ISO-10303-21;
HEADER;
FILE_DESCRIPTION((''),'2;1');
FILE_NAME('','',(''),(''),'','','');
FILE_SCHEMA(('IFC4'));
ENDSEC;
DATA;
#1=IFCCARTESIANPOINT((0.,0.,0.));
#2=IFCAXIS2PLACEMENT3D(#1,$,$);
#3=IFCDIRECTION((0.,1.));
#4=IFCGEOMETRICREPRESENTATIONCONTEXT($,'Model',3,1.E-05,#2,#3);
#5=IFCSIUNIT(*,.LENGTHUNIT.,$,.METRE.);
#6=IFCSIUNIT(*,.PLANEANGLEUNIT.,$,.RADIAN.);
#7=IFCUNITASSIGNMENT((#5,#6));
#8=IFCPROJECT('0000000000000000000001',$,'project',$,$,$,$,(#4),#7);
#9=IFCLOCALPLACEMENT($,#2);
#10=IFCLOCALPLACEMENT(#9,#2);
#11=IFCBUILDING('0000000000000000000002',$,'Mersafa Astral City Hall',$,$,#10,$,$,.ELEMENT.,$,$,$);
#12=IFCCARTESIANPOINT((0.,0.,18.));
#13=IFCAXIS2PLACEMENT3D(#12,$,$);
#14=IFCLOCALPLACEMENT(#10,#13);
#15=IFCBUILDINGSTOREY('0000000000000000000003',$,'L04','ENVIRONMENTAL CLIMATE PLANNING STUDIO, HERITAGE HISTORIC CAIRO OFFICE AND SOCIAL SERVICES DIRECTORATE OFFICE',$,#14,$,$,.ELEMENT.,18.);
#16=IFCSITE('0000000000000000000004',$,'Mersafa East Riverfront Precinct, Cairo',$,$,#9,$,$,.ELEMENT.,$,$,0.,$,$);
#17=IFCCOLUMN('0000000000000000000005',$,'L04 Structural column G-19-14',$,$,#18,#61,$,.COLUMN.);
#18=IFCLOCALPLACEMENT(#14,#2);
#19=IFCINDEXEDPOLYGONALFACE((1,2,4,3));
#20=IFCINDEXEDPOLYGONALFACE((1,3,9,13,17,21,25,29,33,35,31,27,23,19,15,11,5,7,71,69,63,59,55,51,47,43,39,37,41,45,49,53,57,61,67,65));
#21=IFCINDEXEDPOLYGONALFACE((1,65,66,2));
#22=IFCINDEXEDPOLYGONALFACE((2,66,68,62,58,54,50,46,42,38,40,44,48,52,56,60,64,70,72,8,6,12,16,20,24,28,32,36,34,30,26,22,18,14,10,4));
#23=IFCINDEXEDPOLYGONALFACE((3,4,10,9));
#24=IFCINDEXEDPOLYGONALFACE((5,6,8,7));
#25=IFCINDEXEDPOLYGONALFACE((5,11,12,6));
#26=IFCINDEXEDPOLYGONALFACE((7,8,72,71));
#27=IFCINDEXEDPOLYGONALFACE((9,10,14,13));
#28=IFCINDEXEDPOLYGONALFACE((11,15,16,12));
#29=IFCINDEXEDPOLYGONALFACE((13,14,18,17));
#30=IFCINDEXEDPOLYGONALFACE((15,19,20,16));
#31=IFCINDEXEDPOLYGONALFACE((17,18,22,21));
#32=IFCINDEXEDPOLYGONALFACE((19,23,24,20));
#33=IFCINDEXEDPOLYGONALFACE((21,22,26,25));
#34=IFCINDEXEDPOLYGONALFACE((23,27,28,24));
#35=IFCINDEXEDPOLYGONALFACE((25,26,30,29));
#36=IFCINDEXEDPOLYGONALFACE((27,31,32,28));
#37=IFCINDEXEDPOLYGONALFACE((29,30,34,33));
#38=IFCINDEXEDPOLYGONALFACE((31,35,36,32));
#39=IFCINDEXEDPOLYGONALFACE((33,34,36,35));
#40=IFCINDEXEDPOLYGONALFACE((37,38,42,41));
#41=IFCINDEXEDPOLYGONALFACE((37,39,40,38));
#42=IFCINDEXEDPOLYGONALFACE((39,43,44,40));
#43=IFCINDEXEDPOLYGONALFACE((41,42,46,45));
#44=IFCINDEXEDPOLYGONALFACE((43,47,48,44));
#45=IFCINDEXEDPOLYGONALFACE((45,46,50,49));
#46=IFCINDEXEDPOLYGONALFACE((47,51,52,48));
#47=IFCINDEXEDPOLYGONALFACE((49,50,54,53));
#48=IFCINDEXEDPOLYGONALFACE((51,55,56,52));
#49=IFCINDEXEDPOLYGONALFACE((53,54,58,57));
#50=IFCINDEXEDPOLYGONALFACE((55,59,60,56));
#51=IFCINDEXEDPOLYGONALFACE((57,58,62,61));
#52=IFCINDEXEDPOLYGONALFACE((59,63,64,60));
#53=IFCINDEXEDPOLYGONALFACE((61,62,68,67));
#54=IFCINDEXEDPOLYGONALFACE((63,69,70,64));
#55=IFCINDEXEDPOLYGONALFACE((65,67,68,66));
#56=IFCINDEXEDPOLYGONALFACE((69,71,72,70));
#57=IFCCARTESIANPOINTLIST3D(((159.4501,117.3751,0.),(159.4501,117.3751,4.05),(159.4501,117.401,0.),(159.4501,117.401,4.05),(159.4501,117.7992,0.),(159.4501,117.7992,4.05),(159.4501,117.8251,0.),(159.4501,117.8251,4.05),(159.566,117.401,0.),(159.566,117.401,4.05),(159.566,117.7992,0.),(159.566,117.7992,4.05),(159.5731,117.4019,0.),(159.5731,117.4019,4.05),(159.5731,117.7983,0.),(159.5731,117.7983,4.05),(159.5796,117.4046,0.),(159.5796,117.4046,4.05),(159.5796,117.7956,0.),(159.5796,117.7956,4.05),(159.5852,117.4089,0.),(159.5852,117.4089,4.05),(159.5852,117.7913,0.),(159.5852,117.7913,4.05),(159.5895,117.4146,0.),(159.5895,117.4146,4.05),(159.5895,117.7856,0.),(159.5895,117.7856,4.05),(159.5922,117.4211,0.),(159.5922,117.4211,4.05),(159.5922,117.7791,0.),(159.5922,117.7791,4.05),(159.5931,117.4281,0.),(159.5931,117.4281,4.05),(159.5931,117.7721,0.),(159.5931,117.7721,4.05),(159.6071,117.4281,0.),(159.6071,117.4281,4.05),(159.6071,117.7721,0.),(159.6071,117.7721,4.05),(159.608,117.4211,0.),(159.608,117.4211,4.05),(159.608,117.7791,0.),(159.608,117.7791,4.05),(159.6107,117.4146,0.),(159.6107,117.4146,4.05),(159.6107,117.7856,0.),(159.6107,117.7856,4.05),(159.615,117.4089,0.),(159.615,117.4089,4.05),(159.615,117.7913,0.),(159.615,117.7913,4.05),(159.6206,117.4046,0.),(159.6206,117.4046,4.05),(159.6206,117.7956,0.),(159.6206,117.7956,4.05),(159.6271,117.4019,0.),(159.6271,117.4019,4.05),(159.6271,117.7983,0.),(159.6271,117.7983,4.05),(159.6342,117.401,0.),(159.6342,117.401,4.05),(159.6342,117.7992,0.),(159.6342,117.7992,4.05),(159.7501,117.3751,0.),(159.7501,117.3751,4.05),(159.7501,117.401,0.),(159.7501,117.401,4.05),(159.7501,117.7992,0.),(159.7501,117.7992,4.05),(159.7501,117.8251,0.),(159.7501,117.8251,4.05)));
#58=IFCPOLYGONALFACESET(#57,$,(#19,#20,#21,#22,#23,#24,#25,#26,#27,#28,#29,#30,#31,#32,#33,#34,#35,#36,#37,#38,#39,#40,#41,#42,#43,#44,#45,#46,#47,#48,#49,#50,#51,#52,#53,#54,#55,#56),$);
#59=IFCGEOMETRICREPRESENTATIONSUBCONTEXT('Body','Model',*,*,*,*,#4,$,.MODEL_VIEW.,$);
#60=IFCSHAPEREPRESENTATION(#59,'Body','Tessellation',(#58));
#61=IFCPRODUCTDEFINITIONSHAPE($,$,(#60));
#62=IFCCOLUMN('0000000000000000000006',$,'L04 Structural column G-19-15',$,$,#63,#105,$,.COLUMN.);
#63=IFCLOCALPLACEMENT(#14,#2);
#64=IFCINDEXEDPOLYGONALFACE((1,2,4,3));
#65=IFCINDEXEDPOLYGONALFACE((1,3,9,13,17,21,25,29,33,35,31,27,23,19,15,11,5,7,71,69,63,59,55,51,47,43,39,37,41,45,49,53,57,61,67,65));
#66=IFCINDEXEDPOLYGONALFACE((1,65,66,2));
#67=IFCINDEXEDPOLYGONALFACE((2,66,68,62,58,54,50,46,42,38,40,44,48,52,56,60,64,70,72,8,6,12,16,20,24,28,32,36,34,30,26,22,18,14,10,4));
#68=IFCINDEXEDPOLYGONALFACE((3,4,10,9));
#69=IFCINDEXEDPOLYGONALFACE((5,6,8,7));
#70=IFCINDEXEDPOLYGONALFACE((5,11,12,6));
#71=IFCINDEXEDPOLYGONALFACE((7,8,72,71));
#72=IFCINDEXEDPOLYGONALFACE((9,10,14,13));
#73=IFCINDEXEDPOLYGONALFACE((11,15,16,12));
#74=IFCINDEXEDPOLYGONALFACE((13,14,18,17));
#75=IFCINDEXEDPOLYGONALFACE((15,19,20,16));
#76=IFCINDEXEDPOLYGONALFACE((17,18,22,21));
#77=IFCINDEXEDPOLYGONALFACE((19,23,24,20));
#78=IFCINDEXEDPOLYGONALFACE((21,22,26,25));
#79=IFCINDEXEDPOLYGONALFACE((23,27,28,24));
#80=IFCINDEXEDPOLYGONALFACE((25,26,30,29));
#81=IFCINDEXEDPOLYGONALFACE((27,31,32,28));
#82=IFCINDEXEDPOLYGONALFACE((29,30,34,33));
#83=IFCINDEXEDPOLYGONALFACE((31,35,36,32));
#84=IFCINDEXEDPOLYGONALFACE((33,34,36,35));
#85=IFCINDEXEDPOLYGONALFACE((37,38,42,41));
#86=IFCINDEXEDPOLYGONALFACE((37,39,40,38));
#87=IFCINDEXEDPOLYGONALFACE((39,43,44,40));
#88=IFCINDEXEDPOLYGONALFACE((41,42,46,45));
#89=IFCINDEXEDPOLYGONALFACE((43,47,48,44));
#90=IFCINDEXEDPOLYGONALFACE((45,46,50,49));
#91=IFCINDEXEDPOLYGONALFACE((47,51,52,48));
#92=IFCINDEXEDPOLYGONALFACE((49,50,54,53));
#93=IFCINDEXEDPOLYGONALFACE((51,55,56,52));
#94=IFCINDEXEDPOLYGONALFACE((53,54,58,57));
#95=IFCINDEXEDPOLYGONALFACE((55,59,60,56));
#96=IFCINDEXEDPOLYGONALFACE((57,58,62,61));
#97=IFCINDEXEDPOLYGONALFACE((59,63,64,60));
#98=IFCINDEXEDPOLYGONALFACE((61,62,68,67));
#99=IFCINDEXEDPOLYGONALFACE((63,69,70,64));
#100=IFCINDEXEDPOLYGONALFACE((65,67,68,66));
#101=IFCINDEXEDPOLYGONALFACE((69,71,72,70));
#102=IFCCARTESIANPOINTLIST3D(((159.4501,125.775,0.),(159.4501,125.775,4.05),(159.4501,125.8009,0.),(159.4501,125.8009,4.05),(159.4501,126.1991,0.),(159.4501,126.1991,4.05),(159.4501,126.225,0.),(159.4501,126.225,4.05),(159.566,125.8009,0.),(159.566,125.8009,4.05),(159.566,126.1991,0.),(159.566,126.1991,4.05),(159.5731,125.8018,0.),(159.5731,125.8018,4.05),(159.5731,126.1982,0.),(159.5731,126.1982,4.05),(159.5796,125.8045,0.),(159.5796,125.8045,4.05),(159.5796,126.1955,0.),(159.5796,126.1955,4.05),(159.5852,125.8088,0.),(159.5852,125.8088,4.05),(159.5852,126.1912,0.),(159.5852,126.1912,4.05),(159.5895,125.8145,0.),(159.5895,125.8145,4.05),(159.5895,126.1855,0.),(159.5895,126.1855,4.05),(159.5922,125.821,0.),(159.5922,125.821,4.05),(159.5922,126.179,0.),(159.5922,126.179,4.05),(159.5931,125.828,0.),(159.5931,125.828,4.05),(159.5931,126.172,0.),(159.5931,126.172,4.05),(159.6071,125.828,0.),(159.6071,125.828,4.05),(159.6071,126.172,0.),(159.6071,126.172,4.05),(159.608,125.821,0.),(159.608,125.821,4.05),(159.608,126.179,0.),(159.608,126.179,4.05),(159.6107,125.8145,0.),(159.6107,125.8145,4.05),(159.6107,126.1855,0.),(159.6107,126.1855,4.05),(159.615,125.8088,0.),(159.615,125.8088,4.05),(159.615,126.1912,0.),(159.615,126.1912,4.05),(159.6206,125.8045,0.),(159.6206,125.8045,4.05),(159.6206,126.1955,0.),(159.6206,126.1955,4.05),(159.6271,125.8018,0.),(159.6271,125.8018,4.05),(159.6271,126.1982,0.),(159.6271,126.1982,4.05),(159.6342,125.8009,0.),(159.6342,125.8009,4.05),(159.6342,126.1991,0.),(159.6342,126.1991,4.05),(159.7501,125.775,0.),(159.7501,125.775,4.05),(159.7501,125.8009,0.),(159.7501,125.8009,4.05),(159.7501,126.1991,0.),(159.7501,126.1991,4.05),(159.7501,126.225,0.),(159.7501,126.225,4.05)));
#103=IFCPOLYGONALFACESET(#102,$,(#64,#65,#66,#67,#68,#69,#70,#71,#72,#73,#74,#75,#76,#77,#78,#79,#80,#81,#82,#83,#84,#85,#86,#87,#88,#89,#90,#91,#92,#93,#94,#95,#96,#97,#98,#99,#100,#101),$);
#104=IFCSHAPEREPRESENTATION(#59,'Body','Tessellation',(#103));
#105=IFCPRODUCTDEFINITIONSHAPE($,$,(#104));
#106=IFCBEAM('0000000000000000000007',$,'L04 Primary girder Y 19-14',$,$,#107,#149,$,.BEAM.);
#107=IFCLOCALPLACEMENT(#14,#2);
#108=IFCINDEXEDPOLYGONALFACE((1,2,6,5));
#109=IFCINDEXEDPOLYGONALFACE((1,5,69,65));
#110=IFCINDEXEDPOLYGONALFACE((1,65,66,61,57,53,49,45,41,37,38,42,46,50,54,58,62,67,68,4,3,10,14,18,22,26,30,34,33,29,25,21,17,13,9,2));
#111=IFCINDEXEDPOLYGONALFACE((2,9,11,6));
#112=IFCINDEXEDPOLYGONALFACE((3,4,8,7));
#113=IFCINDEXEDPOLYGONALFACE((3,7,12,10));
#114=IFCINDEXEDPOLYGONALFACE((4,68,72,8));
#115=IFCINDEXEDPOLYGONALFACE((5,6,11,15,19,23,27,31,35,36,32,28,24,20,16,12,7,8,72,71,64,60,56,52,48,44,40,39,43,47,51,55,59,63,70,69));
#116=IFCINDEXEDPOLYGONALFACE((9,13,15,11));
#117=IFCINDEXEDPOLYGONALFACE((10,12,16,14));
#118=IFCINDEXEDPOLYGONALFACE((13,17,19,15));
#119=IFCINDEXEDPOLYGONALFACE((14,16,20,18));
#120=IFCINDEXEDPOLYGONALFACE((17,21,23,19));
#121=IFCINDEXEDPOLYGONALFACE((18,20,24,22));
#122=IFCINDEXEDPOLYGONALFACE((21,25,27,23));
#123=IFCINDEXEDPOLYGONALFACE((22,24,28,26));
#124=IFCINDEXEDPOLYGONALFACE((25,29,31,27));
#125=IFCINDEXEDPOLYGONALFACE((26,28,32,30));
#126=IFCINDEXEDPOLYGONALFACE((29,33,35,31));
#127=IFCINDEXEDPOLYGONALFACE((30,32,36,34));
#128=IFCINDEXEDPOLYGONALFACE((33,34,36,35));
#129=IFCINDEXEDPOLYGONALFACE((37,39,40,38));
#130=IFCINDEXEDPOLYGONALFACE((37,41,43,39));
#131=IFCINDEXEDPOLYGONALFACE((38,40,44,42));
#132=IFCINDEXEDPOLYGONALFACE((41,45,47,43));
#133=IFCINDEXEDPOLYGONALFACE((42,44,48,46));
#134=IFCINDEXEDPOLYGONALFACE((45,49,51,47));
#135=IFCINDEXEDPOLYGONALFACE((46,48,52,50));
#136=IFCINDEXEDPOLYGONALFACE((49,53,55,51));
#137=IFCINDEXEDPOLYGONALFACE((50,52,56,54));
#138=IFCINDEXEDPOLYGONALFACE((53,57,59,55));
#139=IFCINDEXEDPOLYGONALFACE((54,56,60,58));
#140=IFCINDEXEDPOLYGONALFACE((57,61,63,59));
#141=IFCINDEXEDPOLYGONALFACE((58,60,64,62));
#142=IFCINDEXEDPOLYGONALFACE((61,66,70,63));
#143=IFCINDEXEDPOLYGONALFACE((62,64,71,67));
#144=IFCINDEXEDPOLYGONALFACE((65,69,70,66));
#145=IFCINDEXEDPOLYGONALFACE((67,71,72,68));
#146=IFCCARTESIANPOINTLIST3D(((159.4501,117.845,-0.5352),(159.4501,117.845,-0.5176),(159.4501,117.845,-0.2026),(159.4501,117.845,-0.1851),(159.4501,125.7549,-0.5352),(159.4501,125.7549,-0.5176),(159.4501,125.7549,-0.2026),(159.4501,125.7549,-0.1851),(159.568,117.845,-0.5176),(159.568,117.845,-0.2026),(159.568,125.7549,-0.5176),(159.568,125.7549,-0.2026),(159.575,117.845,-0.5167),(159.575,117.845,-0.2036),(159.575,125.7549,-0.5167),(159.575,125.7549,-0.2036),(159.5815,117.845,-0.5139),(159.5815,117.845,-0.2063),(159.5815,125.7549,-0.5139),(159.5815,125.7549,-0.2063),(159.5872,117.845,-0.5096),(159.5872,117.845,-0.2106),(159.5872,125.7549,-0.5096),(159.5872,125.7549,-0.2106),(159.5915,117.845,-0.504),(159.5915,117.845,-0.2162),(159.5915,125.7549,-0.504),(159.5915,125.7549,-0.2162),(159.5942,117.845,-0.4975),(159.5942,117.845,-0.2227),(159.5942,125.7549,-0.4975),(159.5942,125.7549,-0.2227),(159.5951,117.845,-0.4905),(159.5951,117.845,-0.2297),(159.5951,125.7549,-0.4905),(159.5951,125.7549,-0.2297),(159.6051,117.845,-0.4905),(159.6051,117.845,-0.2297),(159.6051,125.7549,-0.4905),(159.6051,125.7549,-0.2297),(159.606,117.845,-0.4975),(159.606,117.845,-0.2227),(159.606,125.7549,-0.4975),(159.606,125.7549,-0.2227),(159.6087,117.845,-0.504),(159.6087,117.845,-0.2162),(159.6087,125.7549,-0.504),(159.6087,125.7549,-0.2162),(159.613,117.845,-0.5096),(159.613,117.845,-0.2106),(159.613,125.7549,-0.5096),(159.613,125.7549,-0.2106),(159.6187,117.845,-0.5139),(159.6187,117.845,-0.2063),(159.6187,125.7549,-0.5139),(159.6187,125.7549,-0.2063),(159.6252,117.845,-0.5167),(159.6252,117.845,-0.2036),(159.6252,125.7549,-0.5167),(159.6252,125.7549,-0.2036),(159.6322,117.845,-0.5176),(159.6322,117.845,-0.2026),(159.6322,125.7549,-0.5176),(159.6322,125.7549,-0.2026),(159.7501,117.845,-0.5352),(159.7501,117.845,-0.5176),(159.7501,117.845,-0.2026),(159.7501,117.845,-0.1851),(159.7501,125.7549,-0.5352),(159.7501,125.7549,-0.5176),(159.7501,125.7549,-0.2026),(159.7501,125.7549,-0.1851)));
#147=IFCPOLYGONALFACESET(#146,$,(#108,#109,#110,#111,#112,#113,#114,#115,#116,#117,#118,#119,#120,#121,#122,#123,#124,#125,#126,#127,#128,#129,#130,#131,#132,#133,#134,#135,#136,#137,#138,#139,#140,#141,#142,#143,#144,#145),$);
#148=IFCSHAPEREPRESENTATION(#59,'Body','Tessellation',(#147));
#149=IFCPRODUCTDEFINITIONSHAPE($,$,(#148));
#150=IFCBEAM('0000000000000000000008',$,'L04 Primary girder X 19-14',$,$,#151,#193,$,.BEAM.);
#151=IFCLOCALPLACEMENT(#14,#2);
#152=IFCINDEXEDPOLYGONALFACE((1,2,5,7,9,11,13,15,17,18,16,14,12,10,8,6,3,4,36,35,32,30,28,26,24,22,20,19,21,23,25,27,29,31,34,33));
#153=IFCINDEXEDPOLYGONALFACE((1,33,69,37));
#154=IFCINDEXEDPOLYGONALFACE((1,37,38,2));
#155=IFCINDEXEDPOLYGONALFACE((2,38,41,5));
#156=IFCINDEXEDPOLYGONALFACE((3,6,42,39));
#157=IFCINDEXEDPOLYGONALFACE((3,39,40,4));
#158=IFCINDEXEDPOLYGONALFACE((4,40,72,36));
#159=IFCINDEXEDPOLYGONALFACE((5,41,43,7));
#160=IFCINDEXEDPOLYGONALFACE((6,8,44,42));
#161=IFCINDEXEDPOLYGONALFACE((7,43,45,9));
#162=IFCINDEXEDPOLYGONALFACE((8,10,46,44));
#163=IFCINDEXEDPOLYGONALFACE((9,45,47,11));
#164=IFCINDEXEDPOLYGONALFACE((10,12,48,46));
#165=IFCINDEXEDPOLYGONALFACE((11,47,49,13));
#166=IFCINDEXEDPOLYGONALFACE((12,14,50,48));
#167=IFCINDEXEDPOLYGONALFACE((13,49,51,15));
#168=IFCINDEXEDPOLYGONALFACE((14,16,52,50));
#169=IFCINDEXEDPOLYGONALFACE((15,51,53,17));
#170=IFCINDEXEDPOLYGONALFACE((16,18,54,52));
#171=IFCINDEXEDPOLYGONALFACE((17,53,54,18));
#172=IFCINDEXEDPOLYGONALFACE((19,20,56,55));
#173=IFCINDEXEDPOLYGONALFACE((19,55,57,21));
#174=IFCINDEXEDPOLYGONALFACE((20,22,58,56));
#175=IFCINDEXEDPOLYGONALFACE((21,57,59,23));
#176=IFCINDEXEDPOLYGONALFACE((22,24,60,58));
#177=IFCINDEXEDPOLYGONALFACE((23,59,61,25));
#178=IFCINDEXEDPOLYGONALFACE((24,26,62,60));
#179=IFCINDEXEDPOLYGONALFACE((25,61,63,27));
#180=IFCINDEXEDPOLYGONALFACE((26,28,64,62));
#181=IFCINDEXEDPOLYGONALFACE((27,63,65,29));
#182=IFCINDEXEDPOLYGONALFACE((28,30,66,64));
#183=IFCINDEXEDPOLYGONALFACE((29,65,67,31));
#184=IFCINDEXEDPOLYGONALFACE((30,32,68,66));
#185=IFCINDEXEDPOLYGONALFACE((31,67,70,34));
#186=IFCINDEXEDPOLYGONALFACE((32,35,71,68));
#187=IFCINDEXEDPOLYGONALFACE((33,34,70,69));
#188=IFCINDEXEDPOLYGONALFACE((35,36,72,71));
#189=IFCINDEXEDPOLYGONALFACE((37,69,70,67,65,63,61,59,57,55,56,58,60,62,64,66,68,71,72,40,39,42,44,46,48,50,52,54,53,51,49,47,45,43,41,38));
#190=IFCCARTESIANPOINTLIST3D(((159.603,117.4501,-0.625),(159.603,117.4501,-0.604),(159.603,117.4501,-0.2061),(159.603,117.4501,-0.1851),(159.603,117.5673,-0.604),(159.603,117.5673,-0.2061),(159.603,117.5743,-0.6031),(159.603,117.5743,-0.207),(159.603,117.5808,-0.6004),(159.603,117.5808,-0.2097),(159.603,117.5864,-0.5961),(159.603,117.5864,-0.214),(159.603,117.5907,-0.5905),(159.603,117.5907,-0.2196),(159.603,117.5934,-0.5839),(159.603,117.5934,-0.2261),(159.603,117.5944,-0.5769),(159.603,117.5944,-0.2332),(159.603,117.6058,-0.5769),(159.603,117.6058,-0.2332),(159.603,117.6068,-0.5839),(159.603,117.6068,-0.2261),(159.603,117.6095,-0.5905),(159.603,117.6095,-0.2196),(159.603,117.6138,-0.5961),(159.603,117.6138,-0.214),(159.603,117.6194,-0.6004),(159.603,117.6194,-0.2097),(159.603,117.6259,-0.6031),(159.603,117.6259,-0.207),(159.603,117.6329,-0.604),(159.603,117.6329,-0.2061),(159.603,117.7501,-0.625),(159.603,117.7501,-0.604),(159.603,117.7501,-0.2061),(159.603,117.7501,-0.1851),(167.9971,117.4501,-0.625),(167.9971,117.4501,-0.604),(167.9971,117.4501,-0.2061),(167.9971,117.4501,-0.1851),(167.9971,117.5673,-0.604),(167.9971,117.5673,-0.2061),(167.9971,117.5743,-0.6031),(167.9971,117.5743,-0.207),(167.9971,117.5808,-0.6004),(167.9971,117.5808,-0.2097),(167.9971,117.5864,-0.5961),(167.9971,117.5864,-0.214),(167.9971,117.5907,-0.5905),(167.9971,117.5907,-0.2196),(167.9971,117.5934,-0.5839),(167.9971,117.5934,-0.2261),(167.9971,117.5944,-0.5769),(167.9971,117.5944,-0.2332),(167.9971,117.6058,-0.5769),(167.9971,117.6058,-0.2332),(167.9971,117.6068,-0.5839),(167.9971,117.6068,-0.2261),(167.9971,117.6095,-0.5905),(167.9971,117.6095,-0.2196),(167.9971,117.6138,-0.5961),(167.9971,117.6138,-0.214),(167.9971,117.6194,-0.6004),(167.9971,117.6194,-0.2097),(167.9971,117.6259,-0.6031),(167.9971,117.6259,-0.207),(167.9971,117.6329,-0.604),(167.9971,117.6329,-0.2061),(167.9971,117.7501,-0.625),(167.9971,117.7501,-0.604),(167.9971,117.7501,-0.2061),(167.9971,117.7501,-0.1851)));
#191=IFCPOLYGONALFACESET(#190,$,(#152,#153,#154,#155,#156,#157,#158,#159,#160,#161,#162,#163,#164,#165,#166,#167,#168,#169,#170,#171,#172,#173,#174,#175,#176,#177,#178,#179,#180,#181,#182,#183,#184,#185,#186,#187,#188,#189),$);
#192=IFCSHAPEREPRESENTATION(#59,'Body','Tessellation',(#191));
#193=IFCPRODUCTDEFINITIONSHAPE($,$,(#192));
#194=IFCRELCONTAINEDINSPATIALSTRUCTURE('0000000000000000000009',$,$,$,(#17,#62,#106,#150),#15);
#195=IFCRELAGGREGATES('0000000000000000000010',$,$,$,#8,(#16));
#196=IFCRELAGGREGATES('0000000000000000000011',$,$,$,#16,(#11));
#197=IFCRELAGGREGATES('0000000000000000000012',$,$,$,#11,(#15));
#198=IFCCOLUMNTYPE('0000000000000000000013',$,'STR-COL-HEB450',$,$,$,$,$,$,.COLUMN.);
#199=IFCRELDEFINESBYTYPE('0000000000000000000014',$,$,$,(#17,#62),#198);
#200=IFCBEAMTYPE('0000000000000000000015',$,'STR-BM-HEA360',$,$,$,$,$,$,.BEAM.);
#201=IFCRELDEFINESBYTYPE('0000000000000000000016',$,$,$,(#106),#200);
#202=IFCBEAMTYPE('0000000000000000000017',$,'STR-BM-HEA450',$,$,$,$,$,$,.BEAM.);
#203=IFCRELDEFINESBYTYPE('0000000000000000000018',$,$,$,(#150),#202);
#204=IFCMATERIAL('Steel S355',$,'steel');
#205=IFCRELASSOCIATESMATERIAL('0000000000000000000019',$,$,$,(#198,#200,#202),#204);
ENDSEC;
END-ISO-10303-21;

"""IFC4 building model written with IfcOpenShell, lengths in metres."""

from ifc_helpers import new_model, si_unit, direction, frame, origin, origin_2d, place, context, subcontext, project, spatial, i_section, extrude, material, material_profile, profile_set, type_object, element, save


model = new_model("IFC4")

# Units and contexts
model_context = context("Model", 3, precision=1e-05, world=origin(), true_north=direction((0.0, 1.0)))
body_context = subcontext(model_context, "Body", "Model", "MODEL_VIEW")
ifc_project = project(units=[si_unit("LENGTHUNIT", "METRE"), si_unit("PLANEANGLEUNIT", "RADIAN")], contexts=[model_context])

# Site, building, storey
site_placement = place(None, origin())
site = spatial("IfcSite", under=ifc_project, at=site_placement, Name="Mersafa East Riverfront Precinct, Cairo", CompositionType="ELEMENT", RefElevation=0.0)
building_placement = place(site_placement, origin())
building = spatial("IfcBuilding", under=site, at=building_placement, Name="Mersafa Astral City Hall", CompositionType="ELEMENT")
storey_placement = place(building_placement, frame((0.0, 0.0, 18.0)))
storey = spatial("IfcBuildingStorey", under=building, at=storey_placement, Name="L04", Description="ENVIRONMENTAL CLIMATE PLANNING STUDIO, HERITAGE HISTORIC CAIRO OFFICE AND SOCIAL SERVICES DIRECTORATE OFFICE", CompositionType="ELEMENT", Elevation=18.0)

# Columns
ifc_material_1 = material(Name="Steel S355", Category="steel")
ifc_material_profile_1 = material_profile(ifc_material_1, i_section(OverallWidth=0.3, OverallDepth=0.45, WebThickness=0.0139, FlangeThickness=0.0259, FilletRadius=0.0271, at=origin_2d()), Name="HEB 450")
ifc_profile_set_1 = profile_set([ifc_material_profile_1], Name="Steel S355")
column_type = type_object("IfcColumnType", Name="STR-COL-HEB450", PredefinedType="COLUMN", material=ifc_profile_set_1)
for number, where, z_axis, x_axis, name in (
    (1, (159.6001, 117.6001, 0.0), (0.0, 0.0, 1.0), (1.0, 0.0, 0.0), "L04 Structural column G-19-14"),
    (2, (159.6001, 126.0, 0.0), (0.0, 0.0, 1.0), (1.0, 0.0, 0.0), "L04 Structural column G-19-15"),
):
    element("IfcColumn", number, at=place(storey_placement, frame(where, z_axis=z_axis, x_axis=x_axis)), inside=storey, type_object=column_type, Name=name, PredefinedType="COLUMN", context=body_context, shape_type="SweptSolid", body=[
        extrude(i_section(OverallWidth=0.3, OverallDepth=0.45, WebThickness=0.0139, FlangeThickness=0.0259, FilletRadius=0.0271, at=origin_2d()), origin(), (0.0, 0.0, 1.0), 4.05),
    ])

# Beams
ifc_material_profile_2 = material_profile(ifc_material_1, i_section(OverallWidth=0.3, OverallDepth=0.3501, WebThickness=0.01, FlangeThickness=0.0176, FilletRadius=0.0271, at=origin_2d()), Name="HEA 360")
ifc_profile_set_2 = profile_set([ifc_material_profile_2], Name="Steel S355")
beam_type_1 = type_object("IfcBeamType", Name="STR-BM-HEA360", PredefinedType="BEAM", material=ifc_profile_set_2)
beam_1_placement = place(storey_placement, frame((159.6001, 117.845, -0.3601), z_axis=(0.0, 1.0, 0.0), x_axis=(-1.0, 0.0, 0.0)))
element("IfcBeam", 3, at=beam_1_placement, inside=storey, type_object=beam_type_1, Name="L04 Primary girder Y 19-14", PredefinedType="BEAM", context=body_context, shape_type="SweptSolid", body=[
    extrude(i_section(OverallWidth=0.3, OverallDepth=0.3501, WebThickness=0.01, FlangeThickness=0.0176, FilletRadius=0.0271, at=origin_2d()), origin(), (0.0, 0.0, 1.0), 7.9099),
])
ifc_material_profile_3 = material_profile(ifc_material_1, i_section(OverallWidth=0.3, OverallDepth=0.4399, WebThickness=0.0115, FlangeThickness=0.021, FilletRadius=0.0271, at=origin_2d()), Name="HEA 450")
ifc_profile_set_3 = profile_set([ifc_material_profile_3], Name="Steel S355")
beam_type_2 = type_object("IfcBeamType", Name="STR-BM-HEA450", PredefinedType="BEAM", material=ifc_profile_set_3)
beam_2_placement = place(storey_placement, frame((159.603, 117.6001, -0.405), z_axis=(1.0, 0.0, 0.0), x_axis=(0.0, 1.0, 0.0)))
element("IfcBeam", 4, at=beam_2_placement, inside=storey, type_object=beam_type_2, Name="L04 Primary girder X 19-14", PredefinedType="BEAM", context=body_context, shape_type="SweptSolid", body=[
    extrude(i_section(OverallWidth=0.3, OverallDepth=0.4399, WebThickness=0.0115, FlangeThickness=0.021, FilletRadius=0.0271, at=origin_2d()), origin(), (0.0, 0.0, 1.0), 8.394),
])

save(model, "model.ifc")
